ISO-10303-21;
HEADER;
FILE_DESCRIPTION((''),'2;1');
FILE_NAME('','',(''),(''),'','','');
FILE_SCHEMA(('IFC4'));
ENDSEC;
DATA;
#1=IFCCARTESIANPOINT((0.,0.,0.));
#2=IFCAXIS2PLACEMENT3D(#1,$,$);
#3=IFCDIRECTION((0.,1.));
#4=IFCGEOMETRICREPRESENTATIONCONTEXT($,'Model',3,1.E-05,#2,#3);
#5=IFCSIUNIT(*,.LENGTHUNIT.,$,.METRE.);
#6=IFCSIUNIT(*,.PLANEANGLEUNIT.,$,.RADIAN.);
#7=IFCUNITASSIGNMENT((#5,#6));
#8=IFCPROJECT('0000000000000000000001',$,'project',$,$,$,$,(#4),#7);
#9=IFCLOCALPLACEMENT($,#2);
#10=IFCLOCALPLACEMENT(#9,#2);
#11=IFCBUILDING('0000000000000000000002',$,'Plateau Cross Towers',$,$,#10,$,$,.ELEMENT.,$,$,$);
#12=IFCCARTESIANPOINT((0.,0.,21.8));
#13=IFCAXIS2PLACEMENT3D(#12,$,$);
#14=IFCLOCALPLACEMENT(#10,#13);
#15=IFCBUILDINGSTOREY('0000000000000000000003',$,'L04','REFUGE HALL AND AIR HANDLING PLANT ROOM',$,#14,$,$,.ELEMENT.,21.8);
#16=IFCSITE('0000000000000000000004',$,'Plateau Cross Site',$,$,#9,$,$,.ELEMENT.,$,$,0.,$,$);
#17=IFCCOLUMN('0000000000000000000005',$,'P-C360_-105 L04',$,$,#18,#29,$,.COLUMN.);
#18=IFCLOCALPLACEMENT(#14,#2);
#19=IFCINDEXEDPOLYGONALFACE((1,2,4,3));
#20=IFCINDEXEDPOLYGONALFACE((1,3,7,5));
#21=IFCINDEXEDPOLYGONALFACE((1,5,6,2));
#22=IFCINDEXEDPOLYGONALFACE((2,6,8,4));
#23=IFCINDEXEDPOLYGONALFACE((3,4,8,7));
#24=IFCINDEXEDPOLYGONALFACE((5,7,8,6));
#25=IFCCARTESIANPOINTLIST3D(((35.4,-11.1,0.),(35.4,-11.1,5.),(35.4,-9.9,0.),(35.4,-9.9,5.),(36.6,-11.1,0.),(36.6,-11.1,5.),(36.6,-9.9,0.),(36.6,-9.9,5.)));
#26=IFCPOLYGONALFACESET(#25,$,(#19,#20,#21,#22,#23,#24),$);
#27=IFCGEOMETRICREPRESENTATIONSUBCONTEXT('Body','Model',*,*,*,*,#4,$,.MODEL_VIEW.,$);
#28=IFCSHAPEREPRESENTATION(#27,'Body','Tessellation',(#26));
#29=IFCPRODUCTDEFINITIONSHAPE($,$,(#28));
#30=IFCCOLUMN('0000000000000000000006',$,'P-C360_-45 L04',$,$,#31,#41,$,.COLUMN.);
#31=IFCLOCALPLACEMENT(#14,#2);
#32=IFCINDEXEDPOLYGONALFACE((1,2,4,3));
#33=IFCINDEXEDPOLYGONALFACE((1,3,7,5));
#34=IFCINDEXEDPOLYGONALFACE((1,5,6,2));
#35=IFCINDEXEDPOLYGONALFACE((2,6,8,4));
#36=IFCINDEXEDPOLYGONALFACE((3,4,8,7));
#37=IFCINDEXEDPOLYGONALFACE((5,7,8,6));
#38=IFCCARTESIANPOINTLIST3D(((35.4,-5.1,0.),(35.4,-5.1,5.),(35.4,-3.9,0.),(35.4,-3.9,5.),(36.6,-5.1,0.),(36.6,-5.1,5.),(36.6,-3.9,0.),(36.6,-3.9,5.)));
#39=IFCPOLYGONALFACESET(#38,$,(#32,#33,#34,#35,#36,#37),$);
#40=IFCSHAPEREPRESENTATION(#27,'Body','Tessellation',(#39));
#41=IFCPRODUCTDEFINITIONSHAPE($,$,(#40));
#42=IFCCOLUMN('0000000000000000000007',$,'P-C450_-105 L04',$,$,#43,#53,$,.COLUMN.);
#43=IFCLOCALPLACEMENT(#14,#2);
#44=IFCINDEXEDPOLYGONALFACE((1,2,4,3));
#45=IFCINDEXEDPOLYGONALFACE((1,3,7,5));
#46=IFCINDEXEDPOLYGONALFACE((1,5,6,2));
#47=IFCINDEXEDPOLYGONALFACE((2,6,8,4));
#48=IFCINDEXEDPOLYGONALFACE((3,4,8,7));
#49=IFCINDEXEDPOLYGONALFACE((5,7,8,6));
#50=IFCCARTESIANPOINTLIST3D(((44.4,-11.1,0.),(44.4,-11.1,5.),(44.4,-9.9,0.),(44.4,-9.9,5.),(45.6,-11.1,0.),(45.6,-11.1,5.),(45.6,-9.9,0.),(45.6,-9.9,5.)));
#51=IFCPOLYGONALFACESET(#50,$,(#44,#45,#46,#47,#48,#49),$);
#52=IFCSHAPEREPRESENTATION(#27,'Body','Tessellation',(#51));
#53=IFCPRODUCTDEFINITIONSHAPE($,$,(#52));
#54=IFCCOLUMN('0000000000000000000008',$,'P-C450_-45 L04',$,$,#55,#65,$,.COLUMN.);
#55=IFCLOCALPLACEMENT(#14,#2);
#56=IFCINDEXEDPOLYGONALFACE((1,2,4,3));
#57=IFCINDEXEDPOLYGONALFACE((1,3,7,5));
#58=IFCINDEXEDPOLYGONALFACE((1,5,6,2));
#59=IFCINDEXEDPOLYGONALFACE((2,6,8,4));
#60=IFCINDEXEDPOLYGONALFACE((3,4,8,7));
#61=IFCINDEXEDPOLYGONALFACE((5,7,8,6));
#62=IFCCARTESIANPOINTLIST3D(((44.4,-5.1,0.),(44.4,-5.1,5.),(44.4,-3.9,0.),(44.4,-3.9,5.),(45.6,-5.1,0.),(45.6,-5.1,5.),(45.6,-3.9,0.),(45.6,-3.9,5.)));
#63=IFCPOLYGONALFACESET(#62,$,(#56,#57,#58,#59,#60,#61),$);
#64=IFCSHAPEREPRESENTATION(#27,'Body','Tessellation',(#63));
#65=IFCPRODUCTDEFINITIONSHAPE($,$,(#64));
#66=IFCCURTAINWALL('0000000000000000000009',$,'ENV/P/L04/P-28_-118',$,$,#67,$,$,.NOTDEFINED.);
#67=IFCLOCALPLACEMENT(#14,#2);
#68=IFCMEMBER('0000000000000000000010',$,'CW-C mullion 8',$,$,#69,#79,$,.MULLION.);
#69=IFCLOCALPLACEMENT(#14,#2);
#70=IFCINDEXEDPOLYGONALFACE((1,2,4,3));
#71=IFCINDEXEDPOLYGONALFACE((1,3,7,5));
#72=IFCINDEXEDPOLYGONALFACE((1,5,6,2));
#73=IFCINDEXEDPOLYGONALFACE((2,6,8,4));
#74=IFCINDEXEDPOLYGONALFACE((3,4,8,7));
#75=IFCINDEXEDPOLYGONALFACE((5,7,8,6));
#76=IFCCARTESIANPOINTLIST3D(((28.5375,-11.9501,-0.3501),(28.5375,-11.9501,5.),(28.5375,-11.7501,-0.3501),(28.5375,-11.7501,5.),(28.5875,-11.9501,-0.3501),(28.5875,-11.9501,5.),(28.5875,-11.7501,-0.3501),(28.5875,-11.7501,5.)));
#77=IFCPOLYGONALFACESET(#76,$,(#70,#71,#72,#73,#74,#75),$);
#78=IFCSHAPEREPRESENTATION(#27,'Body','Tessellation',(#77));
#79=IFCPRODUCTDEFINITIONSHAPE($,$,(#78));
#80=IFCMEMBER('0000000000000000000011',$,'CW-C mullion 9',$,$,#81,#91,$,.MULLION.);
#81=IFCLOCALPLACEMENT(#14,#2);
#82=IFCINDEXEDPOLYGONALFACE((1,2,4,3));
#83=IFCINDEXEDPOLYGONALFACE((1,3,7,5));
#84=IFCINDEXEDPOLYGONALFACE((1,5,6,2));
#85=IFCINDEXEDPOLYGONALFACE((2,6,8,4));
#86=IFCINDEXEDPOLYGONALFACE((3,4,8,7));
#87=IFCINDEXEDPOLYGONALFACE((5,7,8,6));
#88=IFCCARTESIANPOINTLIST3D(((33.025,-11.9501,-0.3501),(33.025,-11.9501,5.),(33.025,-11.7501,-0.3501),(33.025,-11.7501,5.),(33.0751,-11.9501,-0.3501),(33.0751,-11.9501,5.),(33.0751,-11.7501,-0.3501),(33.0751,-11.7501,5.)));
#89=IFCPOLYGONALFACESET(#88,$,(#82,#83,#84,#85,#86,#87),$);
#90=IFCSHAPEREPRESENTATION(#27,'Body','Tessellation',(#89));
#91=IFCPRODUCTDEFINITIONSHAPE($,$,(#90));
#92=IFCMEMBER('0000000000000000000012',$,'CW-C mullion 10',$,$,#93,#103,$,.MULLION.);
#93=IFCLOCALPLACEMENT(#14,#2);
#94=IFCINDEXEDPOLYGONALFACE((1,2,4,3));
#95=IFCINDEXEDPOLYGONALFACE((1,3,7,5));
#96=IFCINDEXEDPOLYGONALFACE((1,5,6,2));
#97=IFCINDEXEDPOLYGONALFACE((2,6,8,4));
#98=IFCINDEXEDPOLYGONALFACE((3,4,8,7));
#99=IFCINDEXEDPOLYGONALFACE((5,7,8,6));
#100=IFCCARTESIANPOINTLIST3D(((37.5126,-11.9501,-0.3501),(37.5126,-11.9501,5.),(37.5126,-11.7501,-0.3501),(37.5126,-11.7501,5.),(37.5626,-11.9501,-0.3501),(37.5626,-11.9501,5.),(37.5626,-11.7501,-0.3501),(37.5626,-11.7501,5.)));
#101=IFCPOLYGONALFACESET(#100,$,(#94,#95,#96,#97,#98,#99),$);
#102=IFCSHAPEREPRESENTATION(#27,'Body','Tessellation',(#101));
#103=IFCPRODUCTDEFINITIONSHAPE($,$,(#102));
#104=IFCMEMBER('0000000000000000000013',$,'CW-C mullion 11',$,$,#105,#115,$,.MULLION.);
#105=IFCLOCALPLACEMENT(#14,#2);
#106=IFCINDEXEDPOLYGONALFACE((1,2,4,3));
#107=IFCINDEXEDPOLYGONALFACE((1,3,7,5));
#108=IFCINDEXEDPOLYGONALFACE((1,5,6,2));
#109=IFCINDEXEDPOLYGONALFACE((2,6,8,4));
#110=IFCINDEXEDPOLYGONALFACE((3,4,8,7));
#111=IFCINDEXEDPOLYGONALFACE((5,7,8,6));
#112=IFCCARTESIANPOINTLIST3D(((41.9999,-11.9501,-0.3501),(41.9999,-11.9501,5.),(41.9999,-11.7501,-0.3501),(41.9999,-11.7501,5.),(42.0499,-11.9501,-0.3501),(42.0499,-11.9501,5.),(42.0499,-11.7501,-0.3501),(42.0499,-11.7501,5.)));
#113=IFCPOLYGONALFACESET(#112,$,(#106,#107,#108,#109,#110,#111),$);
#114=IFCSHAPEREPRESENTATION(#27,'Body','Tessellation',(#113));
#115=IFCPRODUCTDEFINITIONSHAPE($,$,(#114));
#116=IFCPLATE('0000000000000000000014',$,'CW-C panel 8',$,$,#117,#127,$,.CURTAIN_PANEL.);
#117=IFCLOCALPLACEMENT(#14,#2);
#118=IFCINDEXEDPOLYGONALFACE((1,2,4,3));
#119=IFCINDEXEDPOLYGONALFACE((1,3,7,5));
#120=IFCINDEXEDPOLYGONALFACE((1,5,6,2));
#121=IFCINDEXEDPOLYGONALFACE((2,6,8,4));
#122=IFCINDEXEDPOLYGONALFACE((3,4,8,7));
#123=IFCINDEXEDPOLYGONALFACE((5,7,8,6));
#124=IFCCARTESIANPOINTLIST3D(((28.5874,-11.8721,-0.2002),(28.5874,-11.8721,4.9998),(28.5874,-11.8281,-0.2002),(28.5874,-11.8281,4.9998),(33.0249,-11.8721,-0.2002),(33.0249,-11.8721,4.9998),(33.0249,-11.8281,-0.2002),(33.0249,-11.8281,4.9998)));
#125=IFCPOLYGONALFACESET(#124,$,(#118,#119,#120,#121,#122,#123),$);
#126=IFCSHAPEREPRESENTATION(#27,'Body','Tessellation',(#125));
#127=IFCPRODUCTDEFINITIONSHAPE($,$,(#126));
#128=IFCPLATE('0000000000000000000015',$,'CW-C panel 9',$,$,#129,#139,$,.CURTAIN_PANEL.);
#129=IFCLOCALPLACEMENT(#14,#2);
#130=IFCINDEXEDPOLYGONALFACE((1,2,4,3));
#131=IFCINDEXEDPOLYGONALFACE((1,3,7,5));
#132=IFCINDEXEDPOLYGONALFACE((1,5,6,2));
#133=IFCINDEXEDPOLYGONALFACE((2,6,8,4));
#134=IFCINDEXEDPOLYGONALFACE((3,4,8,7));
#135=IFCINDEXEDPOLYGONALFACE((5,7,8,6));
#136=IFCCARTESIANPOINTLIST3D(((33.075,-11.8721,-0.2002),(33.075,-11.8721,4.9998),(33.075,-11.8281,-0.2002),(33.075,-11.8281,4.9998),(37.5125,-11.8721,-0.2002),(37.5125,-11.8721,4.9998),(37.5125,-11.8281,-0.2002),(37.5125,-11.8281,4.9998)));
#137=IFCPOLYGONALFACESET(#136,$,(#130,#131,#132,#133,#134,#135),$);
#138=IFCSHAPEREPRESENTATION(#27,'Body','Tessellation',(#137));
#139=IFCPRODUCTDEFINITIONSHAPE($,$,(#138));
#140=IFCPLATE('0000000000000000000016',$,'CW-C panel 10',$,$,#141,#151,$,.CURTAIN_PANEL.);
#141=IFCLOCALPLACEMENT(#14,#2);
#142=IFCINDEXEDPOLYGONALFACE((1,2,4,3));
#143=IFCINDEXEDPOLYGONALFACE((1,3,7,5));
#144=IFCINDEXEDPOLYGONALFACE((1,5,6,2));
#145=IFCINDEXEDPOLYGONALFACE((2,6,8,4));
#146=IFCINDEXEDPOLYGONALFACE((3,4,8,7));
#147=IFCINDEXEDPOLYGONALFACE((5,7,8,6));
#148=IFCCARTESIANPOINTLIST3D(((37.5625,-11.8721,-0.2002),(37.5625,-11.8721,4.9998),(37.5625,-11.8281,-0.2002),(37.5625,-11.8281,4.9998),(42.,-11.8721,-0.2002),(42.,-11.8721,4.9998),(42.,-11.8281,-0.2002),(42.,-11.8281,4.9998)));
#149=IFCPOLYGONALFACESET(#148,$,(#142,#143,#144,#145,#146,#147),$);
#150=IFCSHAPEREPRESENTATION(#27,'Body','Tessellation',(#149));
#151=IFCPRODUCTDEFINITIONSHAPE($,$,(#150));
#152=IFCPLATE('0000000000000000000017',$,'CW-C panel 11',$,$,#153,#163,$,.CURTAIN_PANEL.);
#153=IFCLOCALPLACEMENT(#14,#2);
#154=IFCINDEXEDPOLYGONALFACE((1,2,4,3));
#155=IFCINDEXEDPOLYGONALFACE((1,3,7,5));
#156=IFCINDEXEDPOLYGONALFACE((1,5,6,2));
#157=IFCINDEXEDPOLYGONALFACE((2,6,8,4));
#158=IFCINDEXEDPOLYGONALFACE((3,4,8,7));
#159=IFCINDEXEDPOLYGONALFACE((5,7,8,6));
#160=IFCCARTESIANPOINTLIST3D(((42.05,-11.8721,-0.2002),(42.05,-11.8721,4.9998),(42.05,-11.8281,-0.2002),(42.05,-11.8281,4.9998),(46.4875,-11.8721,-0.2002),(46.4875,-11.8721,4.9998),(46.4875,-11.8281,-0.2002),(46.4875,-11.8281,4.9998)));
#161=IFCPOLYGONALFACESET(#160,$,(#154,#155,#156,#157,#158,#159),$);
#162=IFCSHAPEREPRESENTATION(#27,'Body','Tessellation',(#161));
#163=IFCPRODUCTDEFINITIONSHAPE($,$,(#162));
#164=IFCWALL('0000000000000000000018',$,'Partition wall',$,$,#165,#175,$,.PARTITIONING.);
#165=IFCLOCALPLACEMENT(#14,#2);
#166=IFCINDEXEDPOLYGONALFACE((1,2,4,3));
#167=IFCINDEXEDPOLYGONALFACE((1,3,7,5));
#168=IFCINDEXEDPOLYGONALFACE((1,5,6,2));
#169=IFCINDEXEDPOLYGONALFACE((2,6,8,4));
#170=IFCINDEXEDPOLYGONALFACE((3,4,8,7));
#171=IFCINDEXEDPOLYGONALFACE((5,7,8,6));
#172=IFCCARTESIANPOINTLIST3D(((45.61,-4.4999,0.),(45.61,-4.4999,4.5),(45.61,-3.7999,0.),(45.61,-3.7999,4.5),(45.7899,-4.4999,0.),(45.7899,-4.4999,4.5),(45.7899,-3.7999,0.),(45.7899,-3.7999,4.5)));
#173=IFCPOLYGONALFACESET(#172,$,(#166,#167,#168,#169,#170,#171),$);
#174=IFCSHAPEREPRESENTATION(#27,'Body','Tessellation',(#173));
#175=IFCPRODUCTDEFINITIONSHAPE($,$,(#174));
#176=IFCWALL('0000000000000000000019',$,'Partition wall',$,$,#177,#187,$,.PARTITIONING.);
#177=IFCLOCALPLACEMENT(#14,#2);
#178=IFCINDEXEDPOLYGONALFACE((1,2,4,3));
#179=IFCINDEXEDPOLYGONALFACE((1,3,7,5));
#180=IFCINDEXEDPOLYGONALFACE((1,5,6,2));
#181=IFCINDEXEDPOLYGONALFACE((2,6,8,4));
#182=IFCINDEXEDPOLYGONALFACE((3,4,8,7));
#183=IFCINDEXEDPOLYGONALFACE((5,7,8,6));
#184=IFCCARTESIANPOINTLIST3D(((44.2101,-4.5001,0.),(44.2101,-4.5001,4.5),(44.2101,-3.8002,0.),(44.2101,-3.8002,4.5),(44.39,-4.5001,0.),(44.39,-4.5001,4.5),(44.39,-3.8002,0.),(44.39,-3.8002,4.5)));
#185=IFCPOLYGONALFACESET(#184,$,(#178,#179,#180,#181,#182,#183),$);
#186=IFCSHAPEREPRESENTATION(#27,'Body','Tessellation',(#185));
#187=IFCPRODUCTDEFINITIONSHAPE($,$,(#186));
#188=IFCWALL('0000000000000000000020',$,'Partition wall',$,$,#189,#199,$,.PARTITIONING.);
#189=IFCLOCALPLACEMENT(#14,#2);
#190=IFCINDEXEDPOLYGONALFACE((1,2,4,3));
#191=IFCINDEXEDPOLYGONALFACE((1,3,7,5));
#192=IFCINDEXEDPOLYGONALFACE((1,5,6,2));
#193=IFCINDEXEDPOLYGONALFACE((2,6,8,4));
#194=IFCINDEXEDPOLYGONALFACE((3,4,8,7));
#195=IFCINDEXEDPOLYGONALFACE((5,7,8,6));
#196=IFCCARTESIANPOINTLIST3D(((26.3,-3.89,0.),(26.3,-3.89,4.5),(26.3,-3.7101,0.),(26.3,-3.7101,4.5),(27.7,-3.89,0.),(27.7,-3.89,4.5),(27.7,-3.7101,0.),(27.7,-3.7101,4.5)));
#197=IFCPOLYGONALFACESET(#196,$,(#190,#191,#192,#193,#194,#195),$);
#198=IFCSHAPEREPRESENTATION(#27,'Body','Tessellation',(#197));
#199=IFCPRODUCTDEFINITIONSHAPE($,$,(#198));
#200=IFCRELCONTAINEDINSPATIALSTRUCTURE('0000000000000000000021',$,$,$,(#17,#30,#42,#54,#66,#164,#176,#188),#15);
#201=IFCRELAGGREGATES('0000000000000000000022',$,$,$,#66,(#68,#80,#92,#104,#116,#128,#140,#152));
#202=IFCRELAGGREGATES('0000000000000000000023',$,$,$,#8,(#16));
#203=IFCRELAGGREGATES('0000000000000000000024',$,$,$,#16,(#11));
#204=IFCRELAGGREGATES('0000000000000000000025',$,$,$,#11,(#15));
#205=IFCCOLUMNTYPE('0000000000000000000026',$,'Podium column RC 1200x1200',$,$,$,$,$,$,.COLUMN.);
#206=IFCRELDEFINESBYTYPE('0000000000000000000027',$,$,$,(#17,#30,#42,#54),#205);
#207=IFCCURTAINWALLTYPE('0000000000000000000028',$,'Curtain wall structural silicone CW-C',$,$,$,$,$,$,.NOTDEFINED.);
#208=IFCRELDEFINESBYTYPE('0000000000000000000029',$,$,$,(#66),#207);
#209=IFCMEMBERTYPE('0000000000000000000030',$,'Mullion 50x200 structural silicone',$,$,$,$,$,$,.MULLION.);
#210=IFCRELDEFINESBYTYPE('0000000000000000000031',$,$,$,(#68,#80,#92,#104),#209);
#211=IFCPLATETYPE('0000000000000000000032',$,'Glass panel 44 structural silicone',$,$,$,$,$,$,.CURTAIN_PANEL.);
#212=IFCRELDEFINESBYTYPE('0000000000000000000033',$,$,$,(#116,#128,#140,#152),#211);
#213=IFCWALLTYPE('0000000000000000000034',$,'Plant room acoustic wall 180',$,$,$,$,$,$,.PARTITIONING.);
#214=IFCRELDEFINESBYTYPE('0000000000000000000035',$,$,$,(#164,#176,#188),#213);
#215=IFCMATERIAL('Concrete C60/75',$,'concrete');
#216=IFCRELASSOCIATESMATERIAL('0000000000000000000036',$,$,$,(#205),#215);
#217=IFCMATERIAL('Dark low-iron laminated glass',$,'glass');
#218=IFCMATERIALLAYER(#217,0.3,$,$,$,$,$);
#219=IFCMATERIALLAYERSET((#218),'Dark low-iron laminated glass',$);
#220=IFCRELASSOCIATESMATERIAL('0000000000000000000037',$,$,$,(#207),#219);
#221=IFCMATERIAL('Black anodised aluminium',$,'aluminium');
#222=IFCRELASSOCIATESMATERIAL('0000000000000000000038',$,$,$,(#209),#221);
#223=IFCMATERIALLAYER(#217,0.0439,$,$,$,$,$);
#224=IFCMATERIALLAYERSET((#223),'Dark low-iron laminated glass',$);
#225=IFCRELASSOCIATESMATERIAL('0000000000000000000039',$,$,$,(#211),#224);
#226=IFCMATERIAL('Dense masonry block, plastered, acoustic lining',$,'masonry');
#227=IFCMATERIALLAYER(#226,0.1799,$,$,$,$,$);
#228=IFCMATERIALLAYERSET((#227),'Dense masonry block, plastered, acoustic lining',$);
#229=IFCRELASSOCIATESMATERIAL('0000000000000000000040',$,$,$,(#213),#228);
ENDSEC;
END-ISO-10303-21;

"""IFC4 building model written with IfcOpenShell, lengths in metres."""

from ifc_helpers import new_model, si_unit, direction, frame, frame_2d, origin, origin_2d, place, context, subcontext, project, spatial, rectangle, extrude, material, layer, layer_set, material_profile, profile_set, type_object, element, aggregate, save


model = new_model("IFC4")

# Units and contexts
model_context = context("Model", 3, precision=1e-05, world=origin(), true_north=direction((0.0, 1.0)))
body_context = subcontext(model_context, "Body", "Model", "MODEL_VIEW")
ifc_project = project(units=[si_unit("LENGTHUNIT", "METRE"), si_unit("PLANEANGLEUNIT", "RADIAN")], contexts=[model_context])

# Site, building, storey
site_placement = place(None, origin())
site = spatial("IfcSite", under=ifc_project, at=site_placement, Name="Plateau Cross Site", CompositionType="ELEMENT", RefElevation=0.0)
building_placement = place(site_placement, origin())
building = spatial("IfcBuilding", under=site, at=building_placement, Name="Plateau Cross Towers", CompositionType="ELEMENT")
storey_placement = place(building_placement, frame((0.0, 0.0, 21.8)))
storey = spatial("IfcBuildingStorey", under=building, at=storey_placement, Name="L04", Description="REFUGE HALL AND AIR HANDLING PLANT ROOM", CompositionType="ELEMENT", Elevation=21.8)

# Columns
ifc_material_1 = material(Name="Concrete C60/75", Category="concrete")
ifc_material_profile_1 = material_profile(ifc_material_1, rectangle(XDim=1.2, YDim=1.2, at=origin_2d()), Name="RC 1200x1200")
ifc_profile_set_1 = profile_set([ifc_material_profile_1], Name="Concrete C60/75")
column_type = type_object("IfcColumnType", Name="Podium column RC 1200x1200", PredefinedType="COLUMN", material=ifc_profile_set_1)
for number, where, z_axis, x_axis, name in (
    (1, (36.0, -10.5, 0.0), (0.0, 0.0, 1.0), (1.0, 0.0, 0.0), "P-C360_-105 L04"),
    (2, (36.0, -4.5, 0.0), (0.0, 0.0, 1.0), (1.0, 0.0, 0.0), "P-C360_-45 L04"),
    (3, (45.0, -10.5, 0.0), (0.0, 0.0, 1.0), (1.0, 0.0, 0.0), "P-C450_-105 L04"),
    (4, (45.0, -4.5, 0.0), (0.0, 0.0, 1.0), (1.0, 0.0, 0.0), "P-C450_-45 L04"),
):
    element("IfcColumn", number, at=place(storey_placement, frame(where, z_axis=z_axis, x_axis=x_axis)), inside=storey, type_object=column_type, Name=name, PredefinedType="COLUMN", context=body_context, shape_type="SweptSolid", body=[
        extrude(rectangle(XDim=1.2, YDim=1.2, at=origin_2d()), origin(), (0.0, 0.0, 1.0), 5.0),
    ])

# Curtain wall, members, plates
ifc_material_2 = material(Name="Dark low-iron laminated glass", Category="glass")
ifc_layer_1 = layer(ifc_material_2, 0.3)
ifc_layer_set_1 = layer_set([ifc_layer_1], Name="Dark low-iron laminated glass")
curtain_wall_type = type_object("IfcCurtainWallType", Name="Curtain wall structural silicone CW-C", PredefinedType="NOTDEFINED", material=ifc_layer_set_1)
curtain_wall_placement = place(storey_placement, origin())
curtain_wall = element("IfcCurtainWall", 5, at=curtain_wall_placement, inside=storey, type_object=curtain_wall_type, Name="ENV/P/L04/P-28_-118", PredefinedType="NOTDEFINED")
ifc_material_3 = material(Name="Black anodised aluminium", Category="aluminium")
ifc_material_profile_2 = material_profile(ifc_material_3, rectangle(XDim=0.05, YDim=0.2, at=origin_2d()), Name="MULLION 50x200")
ifc_profile_set_2 = profile_set([ifc_material_profile_2], Name="Black anodised aluminium")
member_type = type_object("IfcMemberType", Name="Mullion 50x200 structural silicone", PredefinedType="MULLION", material=ifc_profile_set_2)
member_1_placement = place(storey_placement, frame((28.5625, -11.8501, -0.3501), z_axis=(0.0, 0.0, 1.0), x_axis=(1.0, 0.0, 0.0)))
member_1 = element("IfcMember", 6, at=member_1_placement, type_object=member_type, Name="CW-C mullion 8", PredefinedType="MULLION", context=body_context, shape_type="SweptSolid", body=[
    extrude(rectangle(XDim=0.05, YDim=0.2, at=origin_2d()), origin(), (0.0, 0.0, 1.0), 5.3501),
])
member_2_placement = place(storey_placement, frame((33.05, -11.8501, -0.3501), z_axis=(0.0, 0.0, 1.0), x_axis=(1.0, 0.0, 0.0)))
member_2 = element("IfcMember", 7, at=member_2_placement, type_object=member_type, Name="CW-C mullion 9", PredefinedType="MULLION", context=body_context, shape_type="SweptSolid", body=[
    extrude(rectangle(XDim=0.05, YDim=0.2, at=origin_2d()), origin(), (0.0, 0.0, 1.0), 5.3501),
])
member_3_placement = place(storey_placement, frame((37.5376, -11.8501, -0.3501), z_axis=(0.0, 0.0, 1.0), x_axis=(1.0, 0.0, 0.0)))
member_3 = element("IfcMember", 8, at=member_3_placement, type_object=member_type, Name="CW-C mullion 10", PredefinedType="MULLION", context=body_context, shape_type="SweptSolid", body=[
    extrude(rectangle(XDim=0.05, YDim=0.2, at=origin_2d()), origin(), (0.0, 0.0, 1.0), 5.3501),
])
member_4_placement = place(storey_placement, frame((42.0249, -11.8501, -0.3501), z_axis=(0.0, 0.0, 1.0), x_axis=(1.0, 0.0, 0.0)))
member_4 = element("IfcMember", 9, at=member_4_placement, type_object=member_type, Name="CW-C mullion 11", PredefinedType="MULLION", context=body_context, shape_type="SweptSolid", body=[
    extrude(rectangle(XDim=0.05, YDim=0.2, at=origin_2d()), origin(), (0.0, 0.0, 1.0), 5.3501),
])
ifc_layer_2 = layer(ifc_material_2, 0.0439)
ifc_layer_set_2 = layer_set([ifc_layer_2], Name="Dark low-iron laminated glass")
plate_type = type_object("IfcPlateType", Name="Glass panel 44 structural silicone", PredefinedType="CURTAIN_PANEL", material=ifc_layer_set_2)
plate_1_placement = place(storey_placement, frame((30.8062, -11.8501, -0.2002), z_axis=(0.0, 0.0, 1.0), x_axis=(1.0, 0.0, 0.0)))
plate_1 = element("IfcPlate", 10, at=plate_1_placement, type_object=plate_type, Name="CW-C panel 8", PredefinedType="CURTAIN_PANEL", context=body_context, shape_type="SweptSolid", body=[
    extrude(rectangle(XDim=4.4375, YDim=0.0439, at=origin_2d()), origin(), (0.0, 0.0, 1.0), 5.2),
])
plate_2_placement = place(storey_placement, frame((35.2937, -11.8501, -0.2002), z_axis=(0.0, 0.0, 1.0), x_axis=(1.0, 0.0, 0.0)))
plate_2 = element("IfcPlate", 11, at=plate_2_placement, type_object=plate_type, Name="CW-C panel 9", PredefinedType="CURTAIN_PANEL", context=body_context, shape_type="SweptSolid", body=[
    extrude(rectangle(XDim=4.4375, YDim=0.0439, at=origin_2d()), origin(), (0.0, 0.0, 1.0), 5.2),
])
plate_3_placement = place(storey_placement, frame((39.7812, -11.8501, -0.2002), z_axis=(0.0, 0.0, 1.0), x_axis=(1.0, 0.0, 0.0)))
plate_3 = element("IfcPlate", 12, at=plate_3_placement, type_object=plate_type, Name="CW-C panel 10", PredefinedType="CURTAIN_PANEL", context=body_context, shape_type="SweptSolid", body=[
    extrude(rectangle(XDim=4.4375, YDim=0.0439, at=origin_2d()), origin(), (0.0, 0.0, 1.0), 5.2),
])
plate_4_placement = place(storey_placement, frame((44.2688, -11.8501, -0.2002), z_axis=(0.0, 0.0, 1.0), x_axis=(1.0, 0.0, 0.0)))
plate_4 = element("IfcPlate", 13, at=plate_4_placement, type_object=plate_type, Name="CW-C panel 11", PredefinedType="CURTAIN_PANEL", context=body_context, shape_type="SweptSolid", body=[
    extrude(rectangle(XDim=4.4375, YDim=0.0439, at=origin_2d()), origin(), (0.0, 0.0, 1.0), 5.2),
])
aggregate(curtain_wall, [member_1, member_2, member_3, member_4, plate_1, plate_2, plate_3, plate_4])

# Walls
ifc_material_4 = material(Name="Dense masonry block, plastered, acoustic lining", Category="masonry")
ifc_layer_3 = layer(ifc_material_4, 0.1799)
ifc_layer_set_3 = layer_set([ifc_layer_3], Name="Dense masonry block, plastered, acoustic lining")
wall_type = type_object("IfcWallType", Name="Plant room acoustic wall 180", PredefinedType="PARTITIONING", material=ifc_layer_set_3)
for number, where, z_axis, x_axis, name in (
    (14, (45.7, -4.5, 0.0), (0.0, 0.0, 1.0), (0.0, 1.0, 0.0), "Partition wall"),
    (15, (44.3, -3.8, 0.0), (0.0, 0.0, 1.0), (0.0, -1.0, 0.0), "Partition wall"),
):
    element("IfcWall", number, at=place(storey_placement, frame(where, z_axis=z_axis, x_axis=x_axis)), inside=storey, type_object=wall_type, Name=name, PredefinedType="PARTITIONING", context=body_context, shape_type="SweptSolid", body=[
        extrude(rectangle(XDim=0.7, YDim=0.1799, at=frame_2d((0.3501, 0.0))), origin(), (0.0, 0.0, 1.0), 4.5),
    ])
wall_1_placement = place(storey_placement, frame((27.7, -3.8, 0.0), z_axis=(0.0, 0.0, 1.0), x_axis=(-1.0, 0.0, 0.0)))
element("IfcWall", 16, at=wall_1_placement, inside=storey, type_object=wall_type, Name="Partition wall", PredefinedType="PARTITIONING", context=body_context, shape_type="SweptSolid", body=[
    extrude(rectangle(XDim=1.3999, YDim=0.1799, at=frame_2d((0.7, 0.0))), origin(), (0.0, 0.0, 1.0), 4.5),
])

save(model, "model.ifc")
